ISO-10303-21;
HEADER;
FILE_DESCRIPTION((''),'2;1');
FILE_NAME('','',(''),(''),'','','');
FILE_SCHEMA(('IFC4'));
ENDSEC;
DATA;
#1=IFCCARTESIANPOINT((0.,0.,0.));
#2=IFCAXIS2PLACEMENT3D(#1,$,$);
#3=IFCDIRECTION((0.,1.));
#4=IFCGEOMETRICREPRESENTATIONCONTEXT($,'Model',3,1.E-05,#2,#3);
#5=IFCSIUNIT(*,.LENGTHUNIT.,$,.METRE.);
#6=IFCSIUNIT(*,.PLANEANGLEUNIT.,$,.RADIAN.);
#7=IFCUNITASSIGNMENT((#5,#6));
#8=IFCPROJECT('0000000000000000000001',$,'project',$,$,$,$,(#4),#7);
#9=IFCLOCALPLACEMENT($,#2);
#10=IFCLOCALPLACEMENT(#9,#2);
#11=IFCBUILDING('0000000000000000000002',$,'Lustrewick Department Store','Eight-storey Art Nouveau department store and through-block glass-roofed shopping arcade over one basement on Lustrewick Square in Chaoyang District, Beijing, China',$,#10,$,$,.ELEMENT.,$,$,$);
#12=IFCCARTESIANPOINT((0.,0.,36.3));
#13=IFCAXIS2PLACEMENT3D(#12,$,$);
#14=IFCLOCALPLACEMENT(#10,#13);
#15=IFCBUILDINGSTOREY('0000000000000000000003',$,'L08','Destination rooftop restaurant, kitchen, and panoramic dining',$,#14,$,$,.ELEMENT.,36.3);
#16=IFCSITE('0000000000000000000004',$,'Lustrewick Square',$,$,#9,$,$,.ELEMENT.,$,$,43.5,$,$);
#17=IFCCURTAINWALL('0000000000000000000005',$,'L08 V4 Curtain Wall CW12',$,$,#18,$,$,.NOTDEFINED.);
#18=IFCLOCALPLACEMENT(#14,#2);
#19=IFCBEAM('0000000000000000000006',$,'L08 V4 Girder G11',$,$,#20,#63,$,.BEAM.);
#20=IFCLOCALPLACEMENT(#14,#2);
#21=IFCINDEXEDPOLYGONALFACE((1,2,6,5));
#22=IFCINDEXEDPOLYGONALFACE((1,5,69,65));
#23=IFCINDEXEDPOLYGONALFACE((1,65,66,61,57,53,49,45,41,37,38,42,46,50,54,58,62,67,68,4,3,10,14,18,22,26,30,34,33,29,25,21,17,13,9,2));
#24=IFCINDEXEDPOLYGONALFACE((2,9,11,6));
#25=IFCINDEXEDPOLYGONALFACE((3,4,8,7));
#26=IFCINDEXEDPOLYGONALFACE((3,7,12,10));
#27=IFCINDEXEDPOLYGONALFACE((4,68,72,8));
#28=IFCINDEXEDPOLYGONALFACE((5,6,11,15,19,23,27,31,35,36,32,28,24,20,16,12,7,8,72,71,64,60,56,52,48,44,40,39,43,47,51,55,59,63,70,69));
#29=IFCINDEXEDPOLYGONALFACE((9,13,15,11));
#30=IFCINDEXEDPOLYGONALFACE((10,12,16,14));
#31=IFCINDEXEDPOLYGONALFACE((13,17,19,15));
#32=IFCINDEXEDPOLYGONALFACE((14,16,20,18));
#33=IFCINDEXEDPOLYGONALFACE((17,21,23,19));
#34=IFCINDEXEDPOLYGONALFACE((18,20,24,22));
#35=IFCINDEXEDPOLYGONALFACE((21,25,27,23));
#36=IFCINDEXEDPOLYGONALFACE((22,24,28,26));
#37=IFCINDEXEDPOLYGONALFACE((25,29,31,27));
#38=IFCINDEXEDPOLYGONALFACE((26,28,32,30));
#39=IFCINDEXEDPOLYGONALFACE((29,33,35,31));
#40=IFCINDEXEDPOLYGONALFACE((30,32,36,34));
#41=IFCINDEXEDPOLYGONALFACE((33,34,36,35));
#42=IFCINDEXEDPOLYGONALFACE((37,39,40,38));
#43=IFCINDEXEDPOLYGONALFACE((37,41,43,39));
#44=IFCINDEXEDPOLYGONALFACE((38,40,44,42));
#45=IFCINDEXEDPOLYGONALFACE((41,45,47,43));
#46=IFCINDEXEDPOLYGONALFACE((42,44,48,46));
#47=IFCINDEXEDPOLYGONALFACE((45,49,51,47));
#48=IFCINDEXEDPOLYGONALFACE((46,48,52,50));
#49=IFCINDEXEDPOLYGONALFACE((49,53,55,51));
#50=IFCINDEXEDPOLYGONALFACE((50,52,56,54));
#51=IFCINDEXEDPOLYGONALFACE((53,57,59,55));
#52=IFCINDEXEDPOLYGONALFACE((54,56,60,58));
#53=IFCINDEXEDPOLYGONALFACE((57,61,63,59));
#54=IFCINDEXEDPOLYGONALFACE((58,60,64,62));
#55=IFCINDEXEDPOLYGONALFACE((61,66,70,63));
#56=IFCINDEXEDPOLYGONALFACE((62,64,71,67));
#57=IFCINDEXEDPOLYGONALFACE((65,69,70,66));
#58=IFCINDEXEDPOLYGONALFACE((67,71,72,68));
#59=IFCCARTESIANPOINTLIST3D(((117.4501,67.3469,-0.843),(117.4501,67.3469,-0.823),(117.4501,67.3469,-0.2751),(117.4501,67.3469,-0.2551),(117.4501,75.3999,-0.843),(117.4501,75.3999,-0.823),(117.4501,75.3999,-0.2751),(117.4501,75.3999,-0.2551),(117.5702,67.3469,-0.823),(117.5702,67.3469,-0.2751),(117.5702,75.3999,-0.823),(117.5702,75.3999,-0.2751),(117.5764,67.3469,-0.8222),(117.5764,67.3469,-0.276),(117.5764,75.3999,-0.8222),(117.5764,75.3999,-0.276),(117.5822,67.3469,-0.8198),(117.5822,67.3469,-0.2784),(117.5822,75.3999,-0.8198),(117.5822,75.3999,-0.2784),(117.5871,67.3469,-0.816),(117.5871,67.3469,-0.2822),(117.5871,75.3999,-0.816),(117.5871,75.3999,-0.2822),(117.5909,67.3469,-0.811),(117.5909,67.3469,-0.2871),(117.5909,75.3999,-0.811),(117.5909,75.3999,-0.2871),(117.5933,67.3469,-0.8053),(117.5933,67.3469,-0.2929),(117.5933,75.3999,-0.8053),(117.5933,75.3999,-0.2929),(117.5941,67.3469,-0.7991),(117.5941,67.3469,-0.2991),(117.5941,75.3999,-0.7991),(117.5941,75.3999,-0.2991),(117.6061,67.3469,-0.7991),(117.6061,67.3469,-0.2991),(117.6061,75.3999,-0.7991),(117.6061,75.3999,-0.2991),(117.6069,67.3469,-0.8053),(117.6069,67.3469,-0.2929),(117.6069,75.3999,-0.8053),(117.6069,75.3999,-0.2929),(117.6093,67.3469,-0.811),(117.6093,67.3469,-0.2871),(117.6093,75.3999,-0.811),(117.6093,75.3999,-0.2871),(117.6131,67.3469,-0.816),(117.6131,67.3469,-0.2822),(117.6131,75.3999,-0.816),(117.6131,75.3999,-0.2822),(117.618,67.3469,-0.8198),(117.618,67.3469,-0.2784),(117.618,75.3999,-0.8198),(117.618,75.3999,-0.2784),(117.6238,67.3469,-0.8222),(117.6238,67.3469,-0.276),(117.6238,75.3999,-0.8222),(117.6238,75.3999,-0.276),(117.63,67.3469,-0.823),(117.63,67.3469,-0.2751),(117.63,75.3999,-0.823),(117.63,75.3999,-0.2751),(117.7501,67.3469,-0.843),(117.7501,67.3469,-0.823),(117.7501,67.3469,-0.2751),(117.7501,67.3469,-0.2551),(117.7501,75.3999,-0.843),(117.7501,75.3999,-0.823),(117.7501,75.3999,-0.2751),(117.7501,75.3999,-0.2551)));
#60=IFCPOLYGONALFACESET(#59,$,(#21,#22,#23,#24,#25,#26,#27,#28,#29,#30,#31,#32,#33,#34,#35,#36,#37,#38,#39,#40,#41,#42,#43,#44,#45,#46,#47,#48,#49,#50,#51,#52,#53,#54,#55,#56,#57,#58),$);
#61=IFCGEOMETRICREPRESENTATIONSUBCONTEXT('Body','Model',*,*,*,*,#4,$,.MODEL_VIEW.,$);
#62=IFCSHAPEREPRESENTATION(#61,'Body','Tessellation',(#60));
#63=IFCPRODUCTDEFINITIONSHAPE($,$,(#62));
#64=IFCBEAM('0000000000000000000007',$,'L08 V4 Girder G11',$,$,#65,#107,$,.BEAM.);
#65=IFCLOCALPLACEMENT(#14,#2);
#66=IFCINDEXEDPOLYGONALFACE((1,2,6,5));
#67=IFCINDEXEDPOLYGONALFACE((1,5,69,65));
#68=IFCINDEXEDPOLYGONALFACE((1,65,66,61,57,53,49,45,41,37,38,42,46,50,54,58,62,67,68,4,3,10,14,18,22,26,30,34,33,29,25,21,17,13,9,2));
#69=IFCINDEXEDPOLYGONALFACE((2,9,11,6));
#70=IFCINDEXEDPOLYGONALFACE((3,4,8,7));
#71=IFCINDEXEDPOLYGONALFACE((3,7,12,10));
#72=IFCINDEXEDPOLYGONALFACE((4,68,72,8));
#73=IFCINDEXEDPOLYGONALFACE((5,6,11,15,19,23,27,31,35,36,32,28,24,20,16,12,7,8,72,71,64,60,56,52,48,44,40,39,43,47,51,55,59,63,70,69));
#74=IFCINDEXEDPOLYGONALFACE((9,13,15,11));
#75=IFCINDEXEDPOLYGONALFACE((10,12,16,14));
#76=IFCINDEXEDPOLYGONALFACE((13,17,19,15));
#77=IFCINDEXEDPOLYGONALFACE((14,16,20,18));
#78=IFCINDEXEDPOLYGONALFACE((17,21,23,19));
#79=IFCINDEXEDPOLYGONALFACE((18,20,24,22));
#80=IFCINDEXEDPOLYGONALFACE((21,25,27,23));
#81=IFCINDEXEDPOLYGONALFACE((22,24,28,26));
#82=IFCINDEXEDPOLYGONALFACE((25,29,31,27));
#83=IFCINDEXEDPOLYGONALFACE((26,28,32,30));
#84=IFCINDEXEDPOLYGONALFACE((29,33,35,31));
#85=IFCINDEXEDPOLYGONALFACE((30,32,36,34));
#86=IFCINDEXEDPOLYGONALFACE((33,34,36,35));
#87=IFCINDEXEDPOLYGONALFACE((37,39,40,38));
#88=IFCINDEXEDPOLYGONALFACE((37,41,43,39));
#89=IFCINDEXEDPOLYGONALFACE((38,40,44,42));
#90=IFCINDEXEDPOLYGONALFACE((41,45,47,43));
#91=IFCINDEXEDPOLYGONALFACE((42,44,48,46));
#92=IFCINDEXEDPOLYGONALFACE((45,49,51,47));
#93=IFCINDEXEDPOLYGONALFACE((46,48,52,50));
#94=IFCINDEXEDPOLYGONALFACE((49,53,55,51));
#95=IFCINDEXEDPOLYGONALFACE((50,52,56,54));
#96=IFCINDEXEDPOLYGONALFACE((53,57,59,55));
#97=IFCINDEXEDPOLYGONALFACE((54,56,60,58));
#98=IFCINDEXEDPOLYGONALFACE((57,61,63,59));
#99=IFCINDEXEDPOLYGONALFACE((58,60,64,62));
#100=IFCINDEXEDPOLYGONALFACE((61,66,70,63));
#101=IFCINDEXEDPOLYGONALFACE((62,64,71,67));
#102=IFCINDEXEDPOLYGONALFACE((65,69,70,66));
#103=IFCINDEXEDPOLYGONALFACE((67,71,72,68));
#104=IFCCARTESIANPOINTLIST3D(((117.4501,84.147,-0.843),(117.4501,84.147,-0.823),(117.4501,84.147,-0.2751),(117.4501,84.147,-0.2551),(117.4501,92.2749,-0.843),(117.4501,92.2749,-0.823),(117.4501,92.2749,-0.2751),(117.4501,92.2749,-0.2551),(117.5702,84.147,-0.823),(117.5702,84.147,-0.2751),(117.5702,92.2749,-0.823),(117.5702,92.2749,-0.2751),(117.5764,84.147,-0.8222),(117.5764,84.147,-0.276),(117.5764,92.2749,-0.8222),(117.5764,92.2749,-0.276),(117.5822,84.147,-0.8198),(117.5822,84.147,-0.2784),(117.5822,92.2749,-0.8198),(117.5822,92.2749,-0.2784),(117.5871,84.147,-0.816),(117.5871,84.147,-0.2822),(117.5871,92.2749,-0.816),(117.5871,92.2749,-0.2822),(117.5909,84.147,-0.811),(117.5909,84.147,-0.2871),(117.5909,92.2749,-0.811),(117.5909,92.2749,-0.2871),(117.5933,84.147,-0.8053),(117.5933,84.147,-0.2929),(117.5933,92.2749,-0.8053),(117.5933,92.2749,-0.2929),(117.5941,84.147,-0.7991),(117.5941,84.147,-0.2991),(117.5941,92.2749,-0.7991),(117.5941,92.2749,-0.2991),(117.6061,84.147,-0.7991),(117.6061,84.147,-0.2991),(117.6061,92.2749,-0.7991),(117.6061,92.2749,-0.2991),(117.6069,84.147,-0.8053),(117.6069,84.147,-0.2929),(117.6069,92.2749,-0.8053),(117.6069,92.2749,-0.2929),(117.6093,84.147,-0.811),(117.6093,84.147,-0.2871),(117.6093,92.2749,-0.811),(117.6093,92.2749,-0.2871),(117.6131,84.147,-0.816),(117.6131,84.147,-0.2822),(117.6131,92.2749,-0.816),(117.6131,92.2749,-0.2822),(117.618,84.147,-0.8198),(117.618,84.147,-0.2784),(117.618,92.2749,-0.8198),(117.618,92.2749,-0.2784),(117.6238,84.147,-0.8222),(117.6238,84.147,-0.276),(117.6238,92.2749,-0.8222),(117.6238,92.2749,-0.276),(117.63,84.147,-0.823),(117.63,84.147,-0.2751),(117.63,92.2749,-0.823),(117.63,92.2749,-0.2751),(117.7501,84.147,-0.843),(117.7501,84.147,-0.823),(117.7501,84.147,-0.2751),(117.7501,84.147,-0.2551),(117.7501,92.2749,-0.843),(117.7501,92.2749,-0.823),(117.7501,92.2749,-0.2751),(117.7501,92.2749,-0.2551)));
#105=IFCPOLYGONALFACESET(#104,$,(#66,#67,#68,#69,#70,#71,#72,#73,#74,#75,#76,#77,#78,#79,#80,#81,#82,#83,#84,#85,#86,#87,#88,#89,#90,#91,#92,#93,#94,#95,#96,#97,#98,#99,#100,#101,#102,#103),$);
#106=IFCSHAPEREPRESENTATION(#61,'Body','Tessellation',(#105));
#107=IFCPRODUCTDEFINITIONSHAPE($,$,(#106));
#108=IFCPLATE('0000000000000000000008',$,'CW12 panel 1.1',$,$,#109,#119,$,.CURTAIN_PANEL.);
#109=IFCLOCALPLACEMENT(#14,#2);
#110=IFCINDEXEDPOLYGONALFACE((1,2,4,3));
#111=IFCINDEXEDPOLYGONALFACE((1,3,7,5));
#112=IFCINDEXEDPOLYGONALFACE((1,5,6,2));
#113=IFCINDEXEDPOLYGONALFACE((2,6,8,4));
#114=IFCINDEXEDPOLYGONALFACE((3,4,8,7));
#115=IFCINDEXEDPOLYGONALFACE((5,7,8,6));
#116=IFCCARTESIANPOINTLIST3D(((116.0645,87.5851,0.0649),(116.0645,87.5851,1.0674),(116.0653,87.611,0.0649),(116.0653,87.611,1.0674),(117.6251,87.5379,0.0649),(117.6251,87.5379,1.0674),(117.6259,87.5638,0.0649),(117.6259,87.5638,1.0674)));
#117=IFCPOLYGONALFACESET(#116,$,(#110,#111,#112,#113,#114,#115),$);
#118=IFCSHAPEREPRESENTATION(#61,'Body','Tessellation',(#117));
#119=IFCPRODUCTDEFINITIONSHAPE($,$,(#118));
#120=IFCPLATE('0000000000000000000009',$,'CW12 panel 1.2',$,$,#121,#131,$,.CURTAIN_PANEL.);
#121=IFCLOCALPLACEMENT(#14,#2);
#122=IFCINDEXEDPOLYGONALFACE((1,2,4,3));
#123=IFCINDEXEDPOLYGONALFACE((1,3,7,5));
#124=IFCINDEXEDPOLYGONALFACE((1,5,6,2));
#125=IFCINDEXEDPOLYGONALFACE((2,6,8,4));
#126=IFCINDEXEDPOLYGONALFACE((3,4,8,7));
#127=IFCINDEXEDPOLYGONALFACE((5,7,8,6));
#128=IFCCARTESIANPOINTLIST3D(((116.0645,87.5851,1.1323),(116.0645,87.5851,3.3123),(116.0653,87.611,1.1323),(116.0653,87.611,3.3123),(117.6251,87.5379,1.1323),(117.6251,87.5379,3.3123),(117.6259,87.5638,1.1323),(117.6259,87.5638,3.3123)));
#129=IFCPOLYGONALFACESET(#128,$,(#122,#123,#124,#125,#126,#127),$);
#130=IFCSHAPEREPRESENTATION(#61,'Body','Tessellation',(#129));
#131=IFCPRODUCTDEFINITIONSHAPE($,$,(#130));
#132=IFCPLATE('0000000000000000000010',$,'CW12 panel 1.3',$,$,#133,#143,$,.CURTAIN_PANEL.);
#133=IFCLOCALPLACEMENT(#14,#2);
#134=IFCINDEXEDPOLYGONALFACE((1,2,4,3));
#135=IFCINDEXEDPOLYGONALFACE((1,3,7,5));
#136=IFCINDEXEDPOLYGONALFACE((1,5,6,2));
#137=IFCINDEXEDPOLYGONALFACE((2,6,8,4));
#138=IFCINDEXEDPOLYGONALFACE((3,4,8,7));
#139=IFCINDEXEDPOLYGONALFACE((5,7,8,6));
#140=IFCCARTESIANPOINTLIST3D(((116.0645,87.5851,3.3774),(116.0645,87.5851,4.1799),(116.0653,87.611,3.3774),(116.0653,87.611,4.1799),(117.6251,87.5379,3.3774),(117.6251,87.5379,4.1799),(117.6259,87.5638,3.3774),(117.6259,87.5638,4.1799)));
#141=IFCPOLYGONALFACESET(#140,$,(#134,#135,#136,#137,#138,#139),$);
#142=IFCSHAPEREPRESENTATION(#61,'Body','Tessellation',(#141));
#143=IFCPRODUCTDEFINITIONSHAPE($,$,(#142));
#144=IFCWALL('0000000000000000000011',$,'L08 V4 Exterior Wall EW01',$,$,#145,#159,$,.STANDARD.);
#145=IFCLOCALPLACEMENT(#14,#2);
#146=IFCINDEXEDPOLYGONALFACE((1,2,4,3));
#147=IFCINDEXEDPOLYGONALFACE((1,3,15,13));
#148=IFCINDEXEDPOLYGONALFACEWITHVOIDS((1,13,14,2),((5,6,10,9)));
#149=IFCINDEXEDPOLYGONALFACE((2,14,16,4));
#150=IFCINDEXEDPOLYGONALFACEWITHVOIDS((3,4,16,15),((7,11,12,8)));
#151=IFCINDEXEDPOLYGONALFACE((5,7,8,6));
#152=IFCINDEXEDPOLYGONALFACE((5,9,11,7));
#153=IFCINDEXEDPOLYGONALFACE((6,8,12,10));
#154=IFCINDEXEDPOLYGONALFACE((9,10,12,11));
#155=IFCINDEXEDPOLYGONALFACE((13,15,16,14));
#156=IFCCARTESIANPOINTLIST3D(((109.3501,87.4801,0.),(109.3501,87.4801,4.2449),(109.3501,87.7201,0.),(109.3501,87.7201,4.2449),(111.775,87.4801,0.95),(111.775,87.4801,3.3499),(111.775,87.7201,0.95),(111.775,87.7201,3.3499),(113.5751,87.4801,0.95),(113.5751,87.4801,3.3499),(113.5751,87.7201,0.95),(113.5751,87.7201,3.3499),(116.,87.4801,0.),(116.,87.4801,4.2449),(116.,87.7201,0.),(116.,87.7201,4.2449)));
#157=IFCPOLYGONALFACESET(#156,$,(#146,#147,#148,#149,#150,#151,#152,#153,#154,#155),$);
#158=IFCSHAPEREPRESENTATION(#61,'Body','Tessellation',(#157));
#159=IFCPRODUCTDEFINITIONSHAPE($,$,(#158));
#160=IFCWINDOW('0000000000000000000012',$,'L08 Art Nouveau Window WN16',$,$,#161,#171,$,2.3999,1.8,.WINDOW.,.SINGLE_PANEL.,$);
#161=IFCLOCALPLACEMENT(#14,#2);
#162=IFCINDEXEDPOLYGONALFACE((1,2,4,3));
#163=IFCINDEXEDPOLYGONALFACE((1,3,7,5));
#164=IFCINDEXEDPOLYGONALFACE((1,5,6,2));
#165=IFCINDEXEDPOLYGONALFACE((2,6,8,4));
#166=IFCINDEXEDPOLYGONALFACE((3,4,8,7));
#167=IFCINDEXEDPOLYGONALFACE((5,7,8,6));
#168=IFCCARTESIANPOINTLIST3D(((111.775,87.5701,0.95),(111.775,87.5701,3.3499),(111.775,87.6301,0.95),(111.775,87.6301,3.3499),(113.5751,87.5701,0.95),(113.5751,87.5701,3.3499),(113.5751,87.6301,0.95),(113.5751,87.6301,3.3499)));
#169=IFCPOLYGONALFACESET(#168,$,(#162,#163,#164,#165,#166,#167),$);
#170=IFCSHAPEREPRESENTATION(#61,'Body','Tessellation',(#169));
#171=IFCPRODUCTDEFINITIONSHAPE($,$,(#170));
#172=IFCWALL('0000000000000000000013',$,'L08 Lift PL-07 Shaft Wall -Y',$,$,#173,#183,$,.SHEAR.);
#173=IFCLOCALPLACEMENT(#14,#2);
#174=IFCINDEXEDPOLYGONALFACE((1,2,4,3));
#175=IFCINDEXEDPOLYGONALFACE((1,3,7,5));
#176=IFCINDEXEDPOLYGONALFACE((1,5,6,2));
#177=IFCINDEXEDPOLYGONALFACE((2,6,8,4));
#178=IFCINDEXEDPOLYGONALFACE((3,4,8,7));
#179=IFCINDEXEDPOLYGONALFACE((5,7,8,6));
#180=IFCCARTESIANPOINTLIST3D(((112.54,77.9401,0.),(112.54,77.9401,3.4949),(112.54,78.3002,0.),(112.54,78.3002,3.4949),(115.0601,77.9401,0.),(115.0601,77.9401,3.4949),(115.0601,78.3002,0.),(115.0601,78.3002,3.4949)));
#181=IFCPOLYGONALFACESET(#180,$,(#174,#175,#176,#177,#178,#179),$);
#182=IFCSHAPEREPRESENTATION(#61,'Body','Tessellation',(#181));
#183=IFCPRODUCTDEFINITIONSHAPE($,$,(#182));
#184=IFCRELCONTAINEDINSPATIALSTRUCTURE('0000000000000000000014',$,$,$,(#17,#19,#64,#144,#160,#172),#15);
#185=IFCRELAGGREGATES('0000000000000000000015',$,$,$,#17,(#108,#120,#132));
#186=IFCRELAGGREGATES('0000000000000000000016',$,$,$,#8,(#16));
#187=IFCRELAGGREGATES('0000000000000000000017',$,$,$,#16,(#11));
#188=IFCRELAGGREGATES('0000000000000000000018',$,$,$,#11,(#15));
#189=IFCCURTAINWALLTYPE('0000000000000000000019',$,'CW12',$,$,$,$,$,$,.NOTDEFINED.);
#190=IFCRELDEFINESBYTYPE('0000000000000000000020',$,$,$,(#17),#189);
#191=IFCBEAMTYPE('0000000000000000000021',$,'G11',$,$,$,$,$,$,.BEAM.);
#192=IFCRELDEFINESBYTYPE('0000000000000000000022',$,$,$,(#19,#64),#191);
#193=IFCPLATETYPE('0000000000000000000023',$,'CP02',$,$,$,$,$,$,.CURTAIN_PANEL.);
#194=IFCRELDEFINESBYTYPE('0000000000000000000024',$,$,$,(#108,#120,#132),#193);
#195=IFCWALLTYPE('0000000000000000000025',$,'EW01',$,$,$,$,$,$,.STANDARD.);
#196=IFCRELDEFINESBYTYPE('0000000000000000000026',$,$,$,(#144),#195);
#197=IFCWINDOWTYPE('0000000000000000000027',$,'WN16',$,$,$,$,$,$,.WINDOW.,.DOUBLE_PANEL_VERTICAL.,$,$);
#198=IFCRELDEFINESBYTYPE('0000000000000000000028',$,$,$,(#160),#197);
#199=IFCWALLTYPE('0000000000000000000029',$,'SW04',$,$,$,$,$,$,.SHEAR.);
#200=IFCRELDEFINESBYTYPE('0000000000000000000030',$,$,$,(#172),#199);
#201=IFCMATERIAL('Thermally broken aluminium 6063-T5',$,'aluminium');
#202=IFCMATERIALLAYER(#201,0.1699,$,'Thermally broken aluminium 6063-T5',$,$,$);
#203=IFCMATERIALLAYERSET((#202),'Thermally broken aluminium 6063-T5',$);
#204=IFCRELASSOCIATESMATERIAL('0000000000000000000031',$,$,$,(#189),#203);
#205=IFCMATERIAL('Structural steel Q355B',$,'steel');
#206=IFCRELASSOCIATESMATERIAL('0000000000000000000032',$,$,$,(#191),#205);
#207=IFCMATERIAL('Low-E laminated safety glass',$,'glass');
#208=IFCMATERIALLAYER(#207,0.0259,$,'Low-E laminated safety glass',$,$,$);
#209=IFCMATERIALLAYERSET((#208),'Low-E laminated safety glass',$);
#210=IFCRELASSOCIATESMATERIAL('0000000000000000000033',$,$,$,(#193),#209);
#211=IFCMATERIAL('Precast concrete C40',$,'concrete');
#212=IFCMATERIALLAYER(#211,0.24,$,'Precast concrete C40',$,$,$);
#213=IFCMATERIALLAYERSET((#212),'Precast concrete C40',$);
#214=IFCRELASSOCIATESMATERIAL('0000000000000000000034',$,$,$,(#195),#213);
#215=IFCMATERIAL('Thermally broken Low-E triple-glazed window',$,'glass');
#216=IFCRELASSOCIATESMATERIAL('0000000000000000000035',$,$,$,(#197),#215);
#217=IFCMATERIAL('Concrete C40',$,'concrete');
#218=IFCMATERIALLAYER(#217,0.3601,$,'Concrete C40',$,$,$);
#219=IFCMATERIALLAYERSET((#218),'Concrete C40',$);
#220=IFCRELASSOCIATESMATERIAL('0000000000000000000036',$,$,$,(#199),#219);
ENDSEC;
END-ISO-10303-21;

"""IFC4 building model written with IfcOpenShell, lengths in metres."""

from ifc_helpers import new_model, si_unit, direction, frame, frame_2d, origin, origin_2d, place, context, subcontext, project, spatial, rectangle, i_section, extrude, material, layer, layer_set, material_profile, profile_set, type_object, element, fill, aggregate, save


model = new_model("IFC4")

# Units and contexts
model_context = context("Model", 3, precision=1e-05, world=origin(), true_north=direction((0.0, 1.0)))
body_context = subcontext(model_context, "Body", "Model", "MODEL_VIEW")
ifc_project = project(units=[si_unit("LENGTHUNIT", "METRE"), si_unit("PLANEANGLEUNIT", "RADIAN")], contexts=[model_context])

# Site, building, storey
site_placement = place(None, origin())
site = spatial("IfcSite", under=ifc_project, at=site_placement, Name="Lustrewick Square", CompositionType="ELEMENT", RefElevation=43.5)
building_placement = place(site_placement, origin())
building = spatial("IfcBuilding", under=site, at=building_placement, Name="Lustrewick Department Store", Description="Eight-storey Art Nouveau department store and through-block glass-roofed shopping arcade over one basement on Lustrewick Square in Chaoyang District, Beijing, China", CompositionType="ELEMENT")
storey_placement = place(building_placement, frame((0.0, 0.0, 36.3)))
storey = spatial("IfcBuildingStorey", under=building, at=storey_placement, Name="L08", Description="Destination rooftop restaurant, kitchen, and panoramic dining", CompositionType="ELEMENT", Elevation=36.3)

# Shared definitions
ifc_material_1 = material(Name="Structural steel Q355B", Category="steel")

# Curtain wall
ifc_material_2 = material(Name="Thermally broken aluminium 6063-T5", Category="aluminium")
ifc_layer_1 = layer(ifc_material_2, 0.1699, Name="Thermally broken aluminium 6063-T5")
ifc_layer_set_1 = layer_set([ifc_layer_1], Name="Thermally broken aluminium 6063-T5")
curtain_wall_type = type_object("IfcCurtainWallType", Name="CW12", PredefinedType="NOTDEFINED", material=ifc_layer_set_1)
curtain_wall_placement = place(storey_placement, origin())
curtain_wall = element("IfcCurtainWall", 1, at=curtain_wall_placement, inside=storey, type_object=curtain_wall_type, Name="L08 V4 Curtain Wall CW12", PredefinedType="NOTDEFINED")

# Beams
ifc_material_profile_1 = material_profile(ifc_material_1, i_section(OverallWidth=0.3, OverallDepth=0.5879, WebThickness=0.012, FlangeThickness=0.02, FilletRadius=0.0239, at=origin_2d()), Name="HM 588x300x12x20")
ifc_profile_set_1 = profile_set([ifc_material_profile_1], Name="Structural steel Q355B")
beam_type_1 = type_object("IfcBeamType", Name="G11", PredefinedType="BEAM", material=ifc_profile_set_1)
beam_1_placement = place(storey_placement, frame((117.6001, 67.3469, -0.5491), z_axis=(0.0, 1.0, 0.0), x_axis=(-1.0, 0.0, 0.0)))
element("IfcBeam", 2, at=beam_1_placement, inside=storey, type_object=beam_type_1, Name="L08 V4 Girder G11", PredefinedType="BEAM", context=body_context, shape_type="SweptSolid", body=[
    extrude(i_section(OverallWidth=0.3, OverallDepth=0.5879, WebThickness=0.012, FlangeThickness=0.02, FilletRadius=0.0239, at=origin_2d()), origin(), (0.0, 0.0, 1.0), 8.053),
])
beam_2_placement = place(storey_placement, frame((117.6001, 84.147, -0.5491), z_axis=(0.0, 1.0, 0.0), x_axis=(-1.0, 0.0, 0.0)))
element("IfcBeam", 3, at=beam_2_placement, inside=storey, type_object=beam_type_1, Name="L08 V4 Girder G11", PredefinedType="BEAM", context=body_context, shape_type="SweptSolid", body=[
    extrude(i_section(OverallWidth=0.3, OverallDepth=0.5879, WebThickness=0.012, FlangeThickness=0.02, FilletRadius=0.0239, at=origin_2d()), origin(), (0.0, 0.0, 1.0), 8.1279),
])

# Plates
ifc_material_3 = material(Name="Low-E laminated safety glass", Category="glass")
ifc_layer_2 = layer(ifc_material_3, 0.0259, Name="Low-E laminated safety glass")
ifc_layer_set_2 = layer_set([ifc_layer_2], Name="Low-E laminated safety glass")
plate_type = type_object("IfcPlateType", Name="CP02", PredefinedType="CURTAIN_PANEL", material=ifc_layer_set_2)
plate_1_placement = place(storey_placement, frame((116.8452, 87.5745, 0.0649), z_axis=(0.0, 0.0, 1.0), x_axis=(-0.999544, 0.030212, 0.0)))
plate_1 = element("IfcPlate", 4, at=plate_1_placement, type_object=plate_type, Name="CW12 panel 1.1", PredefinedType="CURTAIN_PANEL", context=body_context, shape_type="SweptSolid", body=[
    extrude(rectangle(XDim=1.5613, YDim=0.0259, at=origin_2d()), origin(), (0.0, 0.0, 1.0), 1.0024),
])
plate_2_placement = place(storey_placement, frame((116.8452, 87.5745, 1.1323), z_axis=(0.0, 0.0, 1.0), x_axis=(-0.999544, 0.030212, 0.0)))
plate_2 = element("IfcPlate", 5, at=plate_2_placement, type_object=plate_type, Name="CW12 panel 1.2", PredefinedType="CURTAIN_PANEL", context=body_context, shape_type="SweptSolid", body=[
    extrude(rectangle(XDim=1.5613, YDim=0.0259, at=origin_2d()), origin(), (0.0, 0.0, 1.0), 2.1799),
])
plate_3_placement = place(storey_placement, frame((116.8452, 87.5745, 3.3774), z_axis=(0.0, 0.0, 1.0), x_axis=(-0.999544, 0.030212, 0.0)))
plate_3 = element("IfcPlate", 6, at=plate_3_placement, type_object=plate_type, Name="CW12 panel 1.3", PredefinedType="CURTAIN_PANEL", context=body_context, shape_type="SweptSolid", body=[
    extrude(rectangle(XDim=1.5613, YDim=0.0259, at=origin_2d()), origin(), (0.0, 0.0, 1.0), 0.8025),
])
aggregate(curtain_wall, [plate_1, plate_2, plate_3])

# Wall, opening, window
ifc_material_4 = material(Name="Precast concrete C40", Category="concrete")
ifc_layer_3 = layer(ifc_material_4, 0.24, Name="Precast concrete C40")
ifc_layer_set_3 = layer_set([ifc_layer_3], Name="Precast concrete C40")
wall_type_1 = type_object("IfcWallType", Name="EW01", PredefinedType="STANDARD", material=ifc_layer_set_3)
wall_1_placement = place(storey_placement, frame((116.0, 87.6001, 0.0), z_axis=(0.0, 0.0, 1.0), x_axis=(-1.0, 0.0, 0.0)))
wall_1 = element("IfcWall", 7, at=wall_1_placement, inside=storey, type_object=wall_type_1, Name="L08 V4 Exterior Wall EW01", PredefinedType="STANDARD", context=body_context, shape_type="SweptSolid", body=[
    extrude(rectangle(XDim=6.6499, YDim=0.24, at=frame_2d((3.325, 0.0))), origin(), (0.0, 0.0, 1.0), 4.2449),
])
opening_1_placement = place(wall_1_placement, frame((2.425, 0.0, 0.95)))
opening_1 = element("IfcOpeningElement", 8, at=opening_1_placement, cuts=wall_1, PredefinedType="OPENING", context=body_context, shape_type="SweptSolid", body=[
    extrude(rectangle(XDim=1.8, YDim=2.3999, at=frame_2d((0.8999, 1.2))), frame((0.0, 0.1299, 0.0), z_axis=(0.0, -1.0, 0.0), x_axis=(1.0, 0.0, 0.0)), (0.0, 0.0, 1.0), 0.26),
])
ifc_material_5 = material(Name="Thermally broken Low-E triple-glazed window", Category="glass")
window_type = type_object("IfcWindowType", Name="WN16", PartitioningType="DOUBLE_PANEL_VERTICAL", PredefinedType="WINDOW", material=ifc_material_5)
window_placement = place(opening_1_placement, origin())
window = element("IfcWindow", 9, at=window_placement, inside=storey, type_object=window_type, Name="L08 Art Nouveau Window WN16", OverallHeight=2.3999, OverallWidth=1.8, PartitioningType="SINGLE_PANEL", PredefinedType="WINDOW", context=body_context, shape_type="SweptSolid", body=[
    extrude(rectangle(XDim=1.8, YDim=2.3999, at=frame_2d((0.8999, 1.2))), frame((0.0, 0.03, 0.0), z_axis=(0.0, -1.0, 0.0), x_axis=(1.0, 0.0, 0.0)), (0.0, 0.0, 1.0), 0.0601),
])
fill(opening_1, window)

# Wall
ifc_material_6 = material(Name="Concrete C40", Category="concrete")
ifc_layer_4 = layer(ifc_material_6, 0.3601, Name="Concrete C40")
ifc_layer_set_4 = layer_set([ifc_layer_4], Name="Concrete C40")
wall_type_2 = type_object("IfcWallType", Name="SW04", PredefinedType="SHEAR", material=ifc_layer_set_4)
wall_2_placement = place(storey_placement, frame((112.54, 78.1201, 0.0), z_axis=(0.0, 0.0, 1.0), x_axis=(1.0, 0.0, 0.0)))
element("IfcWall", 10, at=wall_2_placement, inside=storey, type_object=wall_type_2, Name="L08 Lift PL-07 Shaft Wall -Y", PredefinedType="SHEAR", context=body_context, shape_type="SweptSolid", body=[
    extrude(rectangle(XDim=2.52, YDim=0.3601, at=frame_2d((1.26, 0.0))), origin(), (0.0, 0.0, 1.0), 3.4949),
])

save(model, "model.ifc")
